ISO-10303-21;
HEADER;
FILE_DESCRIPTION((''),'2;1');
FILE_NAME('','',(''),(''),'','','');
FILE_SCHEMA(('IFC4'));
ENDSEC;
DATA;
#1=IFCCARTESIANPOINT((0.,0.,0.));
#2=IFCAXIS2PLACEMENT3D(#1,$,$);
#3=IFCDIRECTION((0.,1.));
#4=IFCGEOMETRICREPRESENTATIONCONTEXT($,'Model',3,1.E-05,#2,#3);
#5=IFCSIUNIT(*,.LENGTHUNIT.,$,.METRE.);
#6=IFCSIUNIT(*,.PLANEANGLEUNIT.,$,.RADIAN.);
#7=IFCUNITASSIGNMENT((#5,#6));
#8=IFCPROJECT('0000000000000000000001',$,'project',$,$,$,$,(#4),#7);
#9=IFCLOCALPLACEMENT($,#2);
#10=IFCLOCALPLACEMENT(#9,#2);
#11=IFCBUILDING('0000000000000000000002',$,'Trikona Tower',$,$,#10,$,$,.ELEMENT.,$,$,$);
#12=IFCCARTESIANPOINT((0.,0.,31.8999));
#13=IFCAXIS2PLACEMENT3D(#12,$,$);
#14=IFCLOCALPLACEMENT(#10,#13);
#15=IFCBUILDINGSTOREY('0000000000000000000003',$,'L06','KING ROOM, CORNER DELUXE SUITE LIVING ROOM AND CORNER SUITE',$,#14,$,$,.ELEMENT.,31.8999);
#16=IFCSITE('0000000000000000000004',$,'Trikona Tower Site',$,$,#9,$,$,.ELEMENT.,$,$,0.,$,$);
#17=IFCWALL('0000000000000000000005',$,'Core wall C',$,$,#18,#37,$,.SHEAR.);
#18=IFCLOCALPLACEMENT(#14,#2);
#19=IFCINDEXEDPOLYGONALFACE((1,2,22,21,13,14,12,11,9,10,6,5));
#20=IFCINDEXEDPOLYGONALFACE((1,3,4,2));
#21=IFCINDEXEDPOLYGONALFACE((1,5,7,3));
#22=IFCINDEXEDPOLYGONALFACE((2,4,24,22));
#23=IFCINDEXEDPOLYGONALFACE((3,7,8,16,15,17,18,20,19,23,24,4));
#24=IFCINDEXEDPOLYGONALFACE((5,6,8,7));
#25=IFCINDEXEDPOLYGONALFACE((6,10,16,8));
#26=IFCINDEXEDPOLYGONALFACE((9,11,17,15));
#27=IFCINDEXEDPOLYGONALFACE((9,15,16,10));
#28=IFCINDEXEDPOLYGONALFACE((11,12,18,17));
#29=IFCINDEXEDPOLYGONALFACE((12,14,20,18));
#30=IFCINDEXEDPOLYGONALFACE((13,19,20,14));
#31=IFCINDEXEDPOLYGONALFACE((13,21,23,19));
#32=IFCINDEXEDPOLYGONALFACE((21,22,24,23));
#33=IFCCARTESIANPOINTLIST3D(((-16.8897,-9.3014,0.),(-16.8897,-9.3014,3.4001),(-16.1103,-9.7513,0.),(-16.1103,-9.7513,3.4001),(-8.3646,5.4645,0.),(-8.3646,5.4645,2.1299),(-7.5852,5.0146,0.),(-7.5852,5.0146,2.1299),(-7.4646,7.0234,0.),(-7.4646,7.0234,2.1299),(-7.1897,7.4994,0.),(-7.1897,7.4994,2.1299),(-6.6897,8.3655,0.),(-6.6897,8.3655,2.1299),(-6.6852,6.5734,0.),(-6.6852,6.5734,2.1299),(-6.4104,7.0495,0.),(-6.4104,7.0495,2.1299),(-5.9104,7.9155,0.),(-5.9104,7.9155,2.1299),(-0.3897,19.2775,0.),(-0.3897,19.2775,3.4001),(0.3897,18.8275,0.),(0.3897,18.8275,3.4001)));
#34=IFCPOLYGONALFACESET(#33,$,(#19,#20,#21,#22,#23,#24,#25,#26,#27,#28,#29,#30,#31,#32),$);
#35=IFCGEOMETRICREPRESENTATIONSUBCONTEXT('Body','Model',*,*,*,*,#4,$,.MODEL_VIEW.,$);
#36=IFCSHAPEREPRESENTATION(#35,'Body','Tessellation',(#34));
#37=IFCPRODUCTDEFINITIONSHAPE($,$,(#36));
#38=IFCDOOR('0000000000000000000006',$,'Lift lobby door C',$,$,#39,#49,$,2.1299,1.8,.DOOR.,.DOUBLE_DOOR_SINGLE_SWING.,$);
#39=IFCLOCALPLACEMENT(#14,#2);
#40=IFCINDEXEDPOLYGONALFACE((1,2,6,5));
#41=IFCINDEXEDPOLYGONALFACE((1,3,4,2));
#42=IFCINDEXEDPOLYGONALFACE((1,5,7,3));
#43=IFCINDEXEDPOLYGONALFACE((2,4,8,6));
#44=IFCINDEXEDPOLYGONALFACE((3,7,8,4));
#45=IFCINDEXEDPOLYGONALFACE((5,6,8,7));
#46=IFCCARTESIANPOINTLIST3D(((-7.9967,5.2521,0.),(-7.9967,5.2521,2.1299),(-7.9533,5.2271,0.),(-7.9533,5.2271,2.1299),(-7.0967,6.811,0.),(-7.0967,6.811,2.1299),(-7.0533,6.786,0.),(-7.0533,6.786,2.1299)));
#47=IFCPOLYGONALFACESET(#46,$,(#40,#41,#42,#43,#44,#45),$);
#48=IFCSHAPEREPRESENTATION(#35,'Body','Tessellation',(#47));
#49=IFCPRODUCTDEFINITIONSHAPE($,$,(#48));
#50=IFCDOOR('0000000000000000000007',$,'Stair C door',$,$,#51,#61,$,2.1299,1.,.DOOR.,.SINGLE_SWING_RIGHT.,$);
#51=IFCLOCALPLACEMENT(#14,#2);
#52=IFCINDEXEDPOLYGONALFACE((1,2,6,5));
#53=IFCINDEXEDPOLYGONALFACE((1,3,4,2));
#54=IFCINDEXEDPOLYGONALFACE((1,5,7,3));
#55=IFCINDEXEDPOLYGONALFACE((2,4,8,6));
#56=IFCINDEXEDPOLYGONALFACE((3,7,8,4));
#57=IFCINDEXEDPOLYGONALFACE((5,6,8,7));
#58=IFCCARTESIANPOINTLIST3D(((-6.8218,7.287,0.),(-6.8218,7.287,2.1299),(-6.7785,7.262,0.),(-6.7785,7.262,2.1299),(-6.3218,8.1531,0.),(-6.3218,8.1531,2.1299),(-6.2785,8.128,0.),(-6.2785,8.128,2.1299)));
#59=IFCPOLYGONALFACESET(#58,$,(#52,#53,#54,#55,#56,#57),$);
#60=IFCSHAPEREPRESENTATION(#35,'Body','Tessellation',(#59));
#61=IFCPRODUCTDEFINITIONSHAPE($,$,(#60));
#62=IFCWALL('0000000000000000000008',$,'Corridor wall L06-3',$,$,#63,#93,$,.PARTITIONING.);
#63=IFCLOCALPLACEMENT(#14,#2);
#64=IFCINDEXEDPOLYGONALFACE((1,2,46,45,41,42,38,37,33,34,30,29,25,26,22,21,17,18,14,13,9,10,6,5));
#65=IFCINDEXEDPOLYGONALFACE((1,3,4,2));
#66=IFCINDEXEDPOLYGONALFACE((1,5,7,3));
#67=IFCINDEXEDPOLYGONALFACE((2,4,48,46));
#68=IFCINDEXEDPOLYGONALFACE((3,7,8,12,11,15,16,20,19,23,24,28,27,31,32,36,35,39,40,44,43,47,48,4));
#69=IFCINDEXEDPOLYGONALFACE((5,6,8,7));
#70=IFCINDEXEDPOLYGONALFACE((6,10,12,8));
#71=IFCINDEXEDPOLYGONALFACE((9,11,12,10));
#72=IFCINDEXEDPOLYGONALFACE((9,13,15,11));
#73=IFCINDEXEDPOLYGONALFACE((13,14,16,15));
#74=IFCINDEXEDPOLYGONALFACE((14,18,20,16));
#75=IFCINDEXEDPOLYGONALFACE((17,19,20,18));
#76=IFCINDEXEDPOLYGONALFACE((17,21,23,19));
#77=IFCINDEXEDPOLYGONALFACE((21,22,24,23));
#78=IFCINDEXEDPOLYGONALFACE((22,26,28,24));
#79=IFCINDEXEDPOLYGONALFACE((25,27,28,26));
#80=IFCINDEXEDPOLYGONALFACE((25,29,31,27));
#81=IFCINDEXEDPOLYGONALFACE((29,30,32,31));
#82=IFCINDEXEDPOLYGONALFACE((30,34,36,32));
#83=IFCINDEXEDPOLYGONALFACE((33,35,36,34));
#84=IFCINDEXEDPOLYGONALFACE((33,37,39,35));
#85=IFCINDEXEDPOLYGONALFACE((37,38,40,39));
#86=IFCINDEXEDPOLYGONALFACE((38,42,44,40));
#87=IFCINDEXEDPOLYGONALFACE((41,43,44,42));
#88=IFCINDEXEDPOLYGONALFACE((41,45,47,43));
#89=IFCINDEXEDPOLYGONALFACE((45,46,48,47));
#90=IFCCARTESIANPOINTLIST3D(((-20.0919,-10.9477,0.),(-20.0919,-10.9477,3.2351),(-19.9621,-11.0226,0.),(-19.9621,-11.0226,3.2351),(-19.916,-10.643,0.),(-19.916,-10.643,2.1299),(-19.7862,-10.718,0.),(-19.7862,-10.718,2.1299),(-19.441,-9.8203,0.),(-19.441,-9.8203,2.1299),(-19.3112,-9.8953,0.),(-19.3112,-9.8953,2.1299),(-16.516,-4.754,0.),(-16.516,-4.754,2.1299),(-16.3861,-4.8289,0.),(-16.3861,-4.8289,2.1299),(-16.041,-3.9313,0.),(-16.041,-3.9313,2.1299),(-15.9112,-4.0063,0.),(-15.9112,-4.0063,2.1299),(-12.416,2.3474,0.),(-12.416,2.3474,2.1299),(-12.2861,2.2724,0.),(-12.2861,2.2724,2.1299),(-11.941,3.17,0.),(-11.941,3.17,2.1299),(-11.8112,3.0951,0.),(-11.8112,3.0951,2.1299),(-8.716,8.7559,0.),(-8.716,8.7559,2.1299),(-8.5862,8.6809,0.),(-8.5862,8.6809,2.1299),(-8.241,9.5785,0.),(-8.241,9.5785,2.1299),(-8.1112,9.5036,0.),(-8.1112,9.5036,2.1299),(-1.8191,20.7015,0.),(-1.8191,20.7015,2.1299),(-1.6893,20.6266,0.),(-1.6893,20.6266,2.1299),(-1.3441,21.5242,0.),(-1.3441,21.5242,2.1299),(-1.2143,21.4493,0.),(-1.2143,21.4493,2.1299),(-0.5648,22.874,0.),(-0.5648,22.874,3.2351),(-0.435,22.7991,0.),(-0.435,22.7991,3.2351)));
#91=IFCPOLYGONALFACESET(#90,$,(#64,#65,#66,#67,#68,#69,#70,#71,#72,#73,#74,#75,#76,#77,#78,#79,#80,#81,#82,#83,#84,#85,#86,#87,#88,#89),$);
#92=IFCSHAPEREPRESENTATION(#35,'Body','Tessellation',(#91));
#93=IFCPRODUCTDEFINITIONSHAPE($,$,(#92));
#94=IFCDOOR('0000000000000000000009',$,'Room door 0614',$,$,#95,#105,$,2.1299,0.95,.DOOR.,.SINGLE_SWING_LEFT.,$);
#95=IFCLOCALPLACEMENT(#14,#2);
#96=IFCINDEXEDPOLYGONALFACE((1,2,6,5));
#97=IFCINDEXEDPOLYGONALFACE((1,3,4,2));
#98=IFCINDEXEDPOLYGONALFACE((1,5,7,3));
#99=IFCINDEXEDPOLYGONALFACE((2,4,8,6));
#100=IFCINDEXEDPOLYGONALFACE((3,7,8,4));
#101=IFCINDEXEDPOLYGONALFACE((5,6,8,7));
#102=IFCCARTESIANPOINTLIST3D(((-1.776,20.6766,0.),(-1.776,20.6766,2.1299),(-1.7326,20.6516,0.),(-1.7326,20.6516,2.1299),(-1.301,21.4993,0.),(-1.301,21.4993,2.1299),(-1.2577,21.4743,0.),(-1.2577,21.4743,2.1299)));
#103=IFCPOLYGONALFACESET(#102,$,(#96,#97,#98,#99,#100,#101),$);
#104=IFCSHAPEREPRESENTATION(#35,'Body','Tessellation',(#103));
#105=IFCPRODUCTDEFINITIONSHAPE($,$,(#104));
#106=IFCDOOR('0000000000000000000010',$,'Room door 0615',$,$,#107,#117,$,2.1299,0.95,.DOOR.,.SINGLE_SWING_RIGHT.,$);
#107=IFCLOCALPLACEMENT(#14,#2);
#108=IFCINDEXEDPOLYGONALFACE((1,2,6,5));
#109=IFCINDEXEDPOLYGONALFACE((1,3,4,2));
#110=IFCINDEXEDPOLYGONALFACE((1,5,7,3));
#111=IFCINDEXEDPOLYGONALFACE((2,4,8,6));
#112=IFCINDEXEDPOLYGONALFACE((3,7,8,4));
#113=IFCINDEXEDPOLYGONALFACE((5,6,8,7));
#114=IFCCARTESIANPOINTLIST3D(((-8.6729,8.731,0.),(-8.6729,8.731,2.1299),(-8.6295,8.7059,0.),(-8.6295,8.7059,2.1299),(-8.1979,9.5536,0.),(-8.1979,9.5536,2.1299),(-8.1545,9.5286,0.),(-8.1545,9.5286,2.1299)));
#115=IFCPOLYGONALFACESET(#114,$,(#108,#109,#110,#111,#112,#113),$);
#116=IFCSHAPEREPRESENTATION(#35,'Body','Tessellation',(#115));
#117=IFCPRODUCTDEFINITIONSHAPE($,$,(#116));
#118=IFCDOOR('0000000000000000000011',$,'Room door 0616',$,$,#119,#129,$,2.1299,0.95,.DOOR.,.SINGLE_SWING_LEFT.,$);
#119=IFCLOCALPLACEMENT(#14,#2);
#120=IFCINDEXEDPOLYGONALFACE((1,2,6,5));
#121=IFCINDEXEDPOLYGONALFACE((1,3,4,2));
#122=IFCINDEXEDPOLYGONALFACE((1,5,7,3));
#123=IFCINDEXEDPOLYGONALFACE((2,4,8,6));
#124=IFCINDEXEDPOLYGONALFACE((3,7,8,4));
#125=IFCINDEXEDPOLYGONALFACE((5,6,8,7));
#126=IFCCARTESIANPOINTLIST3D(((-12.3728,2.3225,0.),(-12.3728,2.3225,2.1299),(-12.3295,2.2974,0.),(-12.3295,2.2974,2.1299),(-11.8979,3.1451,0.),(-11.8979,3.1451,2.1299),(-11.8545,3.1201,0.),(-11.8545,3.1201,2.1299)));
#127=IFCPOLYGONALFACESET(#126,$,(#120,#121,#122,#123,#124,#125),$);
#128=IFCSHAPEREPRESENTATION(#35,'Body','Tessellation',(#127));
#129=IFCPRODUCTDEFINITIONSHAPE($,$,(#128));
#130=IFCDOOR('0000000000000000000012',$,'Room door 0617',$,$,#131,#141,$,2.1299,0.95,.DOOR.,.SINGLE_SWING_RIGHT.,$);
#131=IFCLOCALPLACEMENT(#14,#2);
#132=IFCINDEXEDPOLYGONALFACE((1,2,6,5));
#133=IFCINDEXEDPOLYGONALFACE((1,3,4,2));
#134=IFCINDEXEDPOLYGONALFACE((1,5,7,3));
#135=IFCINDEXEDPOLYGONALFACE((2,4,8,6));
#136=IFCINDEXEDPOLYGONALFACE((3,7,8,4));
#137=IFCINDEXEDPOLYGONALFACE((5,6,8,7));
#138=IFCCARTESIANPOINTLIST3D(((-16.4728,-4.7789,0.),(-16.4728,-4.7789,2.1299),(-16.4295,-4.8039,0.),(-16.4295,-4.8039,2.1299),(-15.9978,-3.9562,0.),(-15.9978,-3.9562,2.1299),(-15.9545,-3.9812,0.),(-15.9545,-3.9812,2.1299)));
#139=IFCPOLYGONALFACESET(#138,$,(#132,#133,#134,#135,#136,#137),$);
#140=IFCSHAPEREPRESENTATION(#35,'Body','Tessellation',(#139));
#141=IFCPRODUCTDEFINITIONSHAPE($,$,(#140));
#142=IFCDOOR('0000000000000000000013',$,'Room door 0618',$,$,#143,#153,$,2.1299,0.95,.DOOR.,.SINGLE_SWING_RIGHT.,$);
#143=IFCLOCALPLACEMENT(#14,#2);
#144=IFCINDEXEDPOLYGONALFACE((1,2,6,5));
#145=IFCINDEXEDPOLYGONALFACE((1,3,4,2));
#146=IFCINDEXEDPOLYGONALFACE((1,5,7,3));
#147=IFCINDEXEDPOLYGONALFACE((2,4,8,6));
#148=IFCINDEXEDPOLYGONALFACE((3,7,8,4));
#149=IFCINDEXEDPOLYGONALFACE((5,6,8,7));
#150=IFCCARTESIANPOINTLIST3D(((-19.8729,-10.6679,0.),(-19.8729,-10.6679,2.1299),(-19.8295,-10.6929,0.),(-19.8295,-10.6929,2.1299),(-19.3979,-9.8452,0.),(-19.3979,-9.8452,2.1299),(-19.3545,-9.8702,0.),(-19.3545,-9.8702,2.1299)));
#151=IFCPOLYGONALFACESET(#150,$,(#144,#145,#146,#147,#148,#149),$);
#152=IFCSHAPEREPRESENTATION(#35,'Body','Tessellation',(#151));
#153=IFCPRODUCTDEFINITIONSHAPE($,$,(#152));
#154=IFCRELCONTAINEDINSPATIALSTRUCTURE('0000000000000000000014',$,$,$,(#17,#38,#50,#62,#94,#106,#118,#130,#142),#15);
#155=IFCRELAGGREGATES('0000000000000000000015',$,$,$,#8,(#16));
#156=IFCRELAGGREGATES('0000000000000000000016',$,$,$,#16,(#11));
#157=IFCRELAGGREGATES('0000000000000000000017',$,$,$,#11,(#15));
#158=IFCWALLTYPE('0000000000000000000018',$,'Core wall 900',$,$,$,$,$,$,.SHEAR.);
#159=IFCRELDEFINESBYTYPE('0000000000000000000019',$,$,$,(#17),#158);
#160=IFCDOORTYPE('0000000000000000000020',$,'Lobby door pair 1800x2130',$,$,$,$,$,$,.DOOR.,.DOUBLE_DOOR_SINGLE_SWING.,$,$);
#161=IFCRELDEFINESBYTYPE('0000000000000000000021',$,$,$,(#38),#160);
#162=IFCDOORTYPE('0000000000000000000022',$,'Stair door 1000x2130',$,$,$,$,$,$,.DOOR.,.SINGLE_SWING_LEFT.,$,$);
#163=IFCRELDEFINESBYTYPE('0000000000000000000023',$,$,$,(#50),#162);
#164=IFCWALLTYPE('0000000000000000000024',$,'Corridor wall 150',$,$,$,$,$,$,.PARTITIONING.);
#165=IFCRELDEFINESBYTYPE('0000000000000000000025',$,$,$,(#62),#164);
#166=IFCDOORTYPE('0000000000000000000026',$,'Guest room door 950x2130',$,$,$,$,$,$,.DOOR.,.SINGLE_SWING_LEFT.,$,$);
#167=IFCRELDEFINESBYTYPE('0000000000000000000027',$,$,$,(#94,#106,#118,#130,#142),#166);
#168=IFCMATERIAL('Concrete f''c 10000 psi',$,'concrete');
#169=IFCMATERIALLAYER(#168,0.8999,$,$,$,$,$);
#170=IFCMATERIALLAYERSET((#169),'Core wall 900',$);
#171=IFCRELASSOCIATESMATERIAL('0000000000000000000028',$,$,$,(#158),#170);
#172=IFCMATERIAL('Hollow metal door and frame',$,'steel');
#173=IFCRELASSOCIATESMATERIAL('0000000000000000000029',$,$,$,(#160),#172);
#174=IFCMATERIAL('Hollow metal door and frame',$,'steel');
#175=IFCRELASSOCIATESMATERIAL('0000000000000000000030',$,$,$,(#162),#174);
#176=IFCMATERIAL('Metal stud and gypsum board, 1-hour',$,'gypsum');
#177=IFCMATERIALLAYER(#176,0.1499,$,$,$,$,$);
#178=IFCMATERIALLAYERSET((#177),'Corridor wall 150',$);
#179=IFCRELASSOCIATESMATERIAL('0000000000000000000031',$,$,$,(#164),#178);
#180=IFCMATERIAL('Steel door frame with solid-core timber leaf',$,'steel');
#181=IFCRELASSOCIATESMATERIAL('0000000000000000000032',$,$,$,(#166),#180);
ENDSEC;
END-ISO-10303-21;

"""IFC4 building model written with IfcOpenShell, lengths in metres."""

from ifc_helpers import new_model, si_unit, direction, frame, frame_2d, origin, place, context, subcontext, project, spatial, rectangle, extrude, material, layer, layer_set, type_object, element, fill, save


model = new_model("IFC4")

# Units and contexts
model_context = context("Model", 3, precision=1e-05, world=origin(), true_north=direction((0.0, 1.0)))
body_context = subcontext(model_context, "Body", "Model", "MODEL_VIEW")
ifc_project = project(units=[si_unit("LENGTHUNIT", "METRE"), si_unit("PLANEANGLEUNIT", "RADIAN")], contexts=[model_context])

# Site, building, storey
site_placement = place(None, origin())
site = spatial("IfcSite", under=ifc_project, at=site_placement, Name="Trikona Tower Site", CompositionType="ELEMENT", RefElevation=0.0)
building_placement = place(site_placement, origin())
building = spatial("IfcBuilding", under=site, at=building_placement, Name="Trikona Tower", CompositionType="ELEMENT")
storey_placement = place(building_placement, frame((0.0, 0.0, 31.8999)))
storey = spatial("IfcBuildingStorey", under=building, at=storey_placement, Name="L06", Description="KING ROOM, CORNER DELUXE SUITE LIVING ROOM AND CORNER SUITE", CompositionType="ELEMENT", Elevation=31.8999)

# Walls, openings, doors
ifc_material_1 = material(Name="Concrete f'c 10000 psi", Category="concrete")
ifc_layer_1 = layer(ifc_material_1, 0.8999)
ifc_layer_set_1 = layer_set([ifc_layer_1], Name="Core wall 900")
wall_type_1 = type_object("IfcWallType", Name="Core wall 900", PredefinedType="SHEAR", material=ifc_layer_set_1)
wall_1_placement = place(storey_placement, frame((0.0, 19.0525, 0.0), z_axis=(0.0, 0.0, 1.0), x_axis=(-0.5, -0.866026, 0.0)))
wall_1 = element("IfcWall", 1, at=wall_1_placement, inside=storey, type_object=wall_type_1, Name="Core wall C", PredefinedType="SHEAR", context=body_context, shape_type="SweptSolid", body=[
    extrude(rectangle(XDim=33.0, YDim=0.8999, at=frame_2d((16.5, 0.0))), origin(), (0.0, 0.0, 1.0), 3.4001),
])
opening_1_placement = place(wall_1_placement, frame((14.1499, 0.0, 0.0)))
opening_1 = element("IfcOpeningElement", 2, at=opening_1_placement, cuts=wall_1, PredefinedType="OPENING", context=body_context, shape_type="SweptSolid", body=[
    extrude(rectangle(XDim=1.8, YDim=2.1299, at=frame_2d((0.8999, 1.0649))), frame((0.0, 0.46, 0.0), z_axis=(0.0, -1.0, 0.0), x_axis=(1.0, 0.0, 0.0)), (0.0, 0.0, 1.0), 0.9199),
])
opening_2_placement = place(wall_1_placement, frame((12.6001, 0.0, 0.0)))
opening_2 = element("IfcOpeningElement", 3, at=opening_2_placement, cuts=wall_1, PredefinedType="OPENING", context=body_context, shape_type="SweptSolid", body=[
    extrude(rectangle(XDim=1.0, YDim=2.1299, at=frame_2d((0.5, 1.0649))), frame((0.0, 0.46, 0.0), z_axis=(0.0, -1.0, 0.0), x_axis=(1.0, 0.0, 0.0)), (0.0, 0.0, 1.0), 0.9199),
])
ifc_material_2 = material(Name="Hollow metal door and frame", Category="steel")
door_type_1 = type_object("IfcDoorType", Name="Lobby door pair 1800x2130", OperationType="DOUBLE_DOOR_SINGLE_SWING", PredefinedType="DOOR", material=ifc_material_2)
door_1_placement = place(opening_1_placement, origin())
door_1 = element("IfcDoor", 4, at=door_1_placement, inside=storey, type_object=door_type_1, Name="Lift lobby door C", OperationType="DOUBLE_DOOR_SINGLE_SWING", OverallHeight=2.1299, OverallWidth=1.8, PredefinedType="DOOR", context=body_context, shape_type="SweptSolid", body=[
    extrude(rectangle(XDim=1.8, YDim=2.1299, at=frame_2d((0.8999, 1.0649))), frame((0.0, 0.0249, 0.0), z_axis=(0.0, -1.0, 0.0), x_axis=(1.0, 0.0, 0.0)), (0.0, 0.0, 1.0), 0.05),
])
fill(opening_1, door_1)
ifc_material_3 = material(Name="Hollow metal door and frame", Category="steel")
door_type_2 = type_object("IfcDoorType", Name="Stair door 1000x2130", OperationType="SINGLE_SWING_LEFT", PredefinedType="DOOR", material=ifc_material_3)
door_2_placement = place(opening_2_placement, origin())
door_2 = element("IfcDoor", 5, at=door_2_placement, inside=storey, type_object=door_type_2, Name="Stair C door", OperationType="SINGLE_SWING_RIGHT", OverallHeight=2.1299, OverallWidth=1.0, PredefinedType="DOOR", context=body_context, shape_type="SweptSolid", body=[
    extrude(rectangle(XDim=1.0, YDim=2.1299, at=frame_2d((0.5, 1.0649))), frame((0.0, 0.0249, 0.0), z_axis=(0.0, -1.0, 0.0), x_axis=(1.0, 0.0, 0.0)), (0.0, 0.0, 1.0), 0.05),
])
fill(opening_2, door_2)
ifc_material_4 = material(Name="Metal stud and gypsum board, 1-hour", Category="gypsum")
ifc_layer_2 = layer(ifc_material_4, 0.1499)
ifc_layer_set_2 = layer_set([ifc_layer_2], Name="Corridor wall 150")
wall_type_2 = type_object("IfcWallType", Name="Corridor wall 150", PredefinedType="PARTITIONING", material=ifc_layer_set_2)
wall_2_placement = place(storey_placement, frame((-0.5, 22.8364, 0.0), z_axis=(0.0, 0.0, 1.0), x_axis=(-0.500002, -0.866024, 0.0)))
wall_2 = element("IfcWall", 6, at=wall_2_placement, inside=storey, type_object=wall_type_2, Name="Corridor wall L06-3", PredefinedType="PARTITIONING", context=body_context, shape_type="SweptSolid", body=[
    extrude(rectangle(XDim=39.054, YDim=0.1499, at=frame_2d((19.5269, 0.0))), origin(), (0.0, 0.0, 1.0), 3.2351),
])
opening_3_placement = place(wall_2_placement, frame((1.5583, 0.0, 0.0)))
opening_3 = element("IfcOpeningElement", 7, at=opening_3_placement, cuts=wall_2, PredefinedType="OPENING", context=body_context, shape_type="SweptSolid", body=[
    extrude(rectangle(XDim=0.95, YDim=2.1299, at=frame_2d((0.4751, 1.0649))), frame((0.0, 0.085, 0.0), z_axis=(0.0, -1.0, 0.0), x_axis=(1.0, 0.0, 0.0)), (0.0, 0.0, 1.0), 0.1699),
])
opening_4_placement = place(wall_2_placement, frame((15.3521, 0.0, 0.0)))
opening_4 = element("IfcOpeningElement", 8, at=opening_4_placement, cuts=wall_2, PredefinedType="OPENING", context=body_context, shape_type="SweptSolid", body=[
    extrude(rectangle(XDim=0.95, YDim=2.1299, at=frame_2d((0.4751, 1.0649))), frame((0.0, 0.085, 0.0), z_axis=(0.0, -1.0, 0.0), x_axis=(1.0, 0.0, 0.0)), (0.0, 0.0, 1.0), 0.1699),
])
opening_5_placement = place(wall_2_placement, frame((22.752, 0.0, 0.0)))
opening_5 = element("IfcOpeningElement", 9, at=opening_5_placement, cuts=wall_2, PredefinedType="OPENING", context=body_context, shape_type="SweptSolid", body=[
    extrude(rectangle(XDim=0.95, YDim=2.1299, at=frame_2d((0.4751, 1.0649))), frame((0.0, 0.085, 0.0), z_axis=(0.0, -1.0, 0.0), x_axis=(1.0, 0.0, 0.0)), (0.0, 0.0, 1.0), 0.1699),
])
opening_6_placement = place(wall_2_placement, frame((30.9519, 0.0, 0.0)))
opening_6 = element("IfcOpeningElement", 10, at=opening_6_placement, cuts=wall_2, PredefinedType="OPENING", context=body_context, shape_type="SweptSolid", body=[
    extrude(rectangle(XDim=0.95, YDim=2.1299, at=frame_2d((0.4751, 1.0649))), frame((0.0, 0.085, 0.0), z_axis=(0.0, -1.0, 0.0), x_axis=(1.0, 0.0, 0.0)), (0.0, 0.0, 1.0), 0.1699),
])
opening_7_placement = place(wall_2_placement, frame((37.752, 0.0, 0.0)))
opening_7 = element("IfcOpeningElement", 11, at=opening_7_placement, cuts=wall_2, PredefinedType="OPENING", context=body_context, shape_type="SweptSolid", body=[
    extrude(rectangle(XDim=0.95, YDim=2.1299, at=frame_2d((0.4751, 1.0649))), frame((0.0, 0.085, 0.0), z_axis=(0.0, -1.0, 0.0), x_axis=(1.0, 0.0, 0.0)), (0.0, 0.0, 1.0), 0.1699),
])
ifc_material_5 = material(Name="Steel door frame with solid-core timber leaf", Category="steel")
door_type_3 = type_object("IfcDoorType", Name="Guest room door 950x2130", OperationType="SINGLE_SWING_LEFT", PredefinedType="DOOR", material=ifc_material_5)
door_3_placement = place(opening_3_placement, origin())
door_3 = element("IfcDoor", 12, at=door_3_placement, inside=storey, type_object=door_type_3, Name="Room door 0614", OperationType="SINGLE_SWING_LEFT", OverallHeight=2.1299, OverallWidth=0.95, PredefinedType="DOOR", context=body_context, shape_type="SweptSolid", body=[
    extrude(rectangle(XDim=0.95, YDim=2.1299, at=frame_2d((0.4751, 1.0649))), frame((0.0, 0.0249, 0.0), z_axis=(0.0, -1.0, 0.0), x_axis=(1.0, 0.0, 0.0)), (0.0, 0.0, 1.0), 0.05),
])
fill(opening_3, door_3)
door_4_placement = place(opening_4_placement, origin())
door_4 = element("IfcDoor", 13, at=door_4_placement, inside=storey, type_object=door_type_3, Name="Room door 0615", OperationType="SINGLE_SWING_RIGHT", OverallHeight=2.1299, OverallWidth=0.95, PredefinedType="DOOR", context=body_context, shape_type="SweptSolid", body=[
    extrude(rectangle(XDim=0.95, YDim=2.1299, at=frame_2d((0.4751, 1.0649))), frame((0.0, 0.0249, 0.0), z_axis=(0.0, -1.0, 0.0), x_axis=(1.0, 0.0, 0.0)), (0.0, 0.0, 1.0), 0.05),
])
fill(opening_4, door_4)
door_5_placement = place(opening_5_placement, origin())
door_5 = element("IfcDoor", 14, at=door_5_placement, inside=storey, type_object=door_type_3, Name="Room door 0616", OperationType="SINGLE_SWING_LEFT", OverallHeight=2.1299, OverallWidth=0.95, PredefinedType="DOOR", context=body_context, shape_type="SweptSolid", body=[
    extrude(rectangle(XDim=0.95, YDim=2.1299, at=frame_2d((0.4751, 1.0649))), frame((0.0, 0.0249, 0.0), z_axis=(0.0, -1.0, 0.0), x_axis=(1.0, 0.0, 0.0)), (0.0, 0.0, 1.0), 0.05),
])
fill(opening_5, door_5)
door_6_placement = place(opening_6_placement, origin())
door_6 = element("IfcDoor", 15, at=door_6_placement, inside=storey, type_object=door_type_3, Name="Room door 0617", OperationType="SINGLE_SWING_RIGHT", OverallHeight=2.1299, OverallWidth=0.95, PredefinedType="DOOR", context=body_context, shape_type="SweptSolid", body=[
    extrude(rectangle(XDim=0.95, YDim=2.1299, at=frame_2d((0.4751, 1.0649))), frame((0.0, 0.0249, 0.0), z_axis=(0.0, -1.0, 0.0), x_axis=(1.0, 0.0, 0.0)), (0.0, 0.0, 1.0), 0.05),
])
fill(opening_6, door_6)
door_7_placement = place(opening_7_placement, origin())
door_7 = element("IfcDoor", 16, at=door_7_placement, inside=storey, type_object=door_type_3, Name="Room door 0618", OperationType="SINGLE_SWING_RIGHT", OverallHeight=2.1299, OverallWidth=0.95, PredefinedType="DOOR", context=body_context, shape_type="SweptSolid", body=[
    extrude(rectangle(XDim=0.95, YDim=2.1299, at=frame_2d((0.4751, 1.0649))), frame((0.0, 0.0249, 0.0), z_axis=(0.0, -1.0, 0.0), x_axis=(1.0, 0.0, 0.0)), (0.0, 0.0, 1.0), 0.05),
])
fill(opening_7, door_7)

save(model, "model.ifc")
